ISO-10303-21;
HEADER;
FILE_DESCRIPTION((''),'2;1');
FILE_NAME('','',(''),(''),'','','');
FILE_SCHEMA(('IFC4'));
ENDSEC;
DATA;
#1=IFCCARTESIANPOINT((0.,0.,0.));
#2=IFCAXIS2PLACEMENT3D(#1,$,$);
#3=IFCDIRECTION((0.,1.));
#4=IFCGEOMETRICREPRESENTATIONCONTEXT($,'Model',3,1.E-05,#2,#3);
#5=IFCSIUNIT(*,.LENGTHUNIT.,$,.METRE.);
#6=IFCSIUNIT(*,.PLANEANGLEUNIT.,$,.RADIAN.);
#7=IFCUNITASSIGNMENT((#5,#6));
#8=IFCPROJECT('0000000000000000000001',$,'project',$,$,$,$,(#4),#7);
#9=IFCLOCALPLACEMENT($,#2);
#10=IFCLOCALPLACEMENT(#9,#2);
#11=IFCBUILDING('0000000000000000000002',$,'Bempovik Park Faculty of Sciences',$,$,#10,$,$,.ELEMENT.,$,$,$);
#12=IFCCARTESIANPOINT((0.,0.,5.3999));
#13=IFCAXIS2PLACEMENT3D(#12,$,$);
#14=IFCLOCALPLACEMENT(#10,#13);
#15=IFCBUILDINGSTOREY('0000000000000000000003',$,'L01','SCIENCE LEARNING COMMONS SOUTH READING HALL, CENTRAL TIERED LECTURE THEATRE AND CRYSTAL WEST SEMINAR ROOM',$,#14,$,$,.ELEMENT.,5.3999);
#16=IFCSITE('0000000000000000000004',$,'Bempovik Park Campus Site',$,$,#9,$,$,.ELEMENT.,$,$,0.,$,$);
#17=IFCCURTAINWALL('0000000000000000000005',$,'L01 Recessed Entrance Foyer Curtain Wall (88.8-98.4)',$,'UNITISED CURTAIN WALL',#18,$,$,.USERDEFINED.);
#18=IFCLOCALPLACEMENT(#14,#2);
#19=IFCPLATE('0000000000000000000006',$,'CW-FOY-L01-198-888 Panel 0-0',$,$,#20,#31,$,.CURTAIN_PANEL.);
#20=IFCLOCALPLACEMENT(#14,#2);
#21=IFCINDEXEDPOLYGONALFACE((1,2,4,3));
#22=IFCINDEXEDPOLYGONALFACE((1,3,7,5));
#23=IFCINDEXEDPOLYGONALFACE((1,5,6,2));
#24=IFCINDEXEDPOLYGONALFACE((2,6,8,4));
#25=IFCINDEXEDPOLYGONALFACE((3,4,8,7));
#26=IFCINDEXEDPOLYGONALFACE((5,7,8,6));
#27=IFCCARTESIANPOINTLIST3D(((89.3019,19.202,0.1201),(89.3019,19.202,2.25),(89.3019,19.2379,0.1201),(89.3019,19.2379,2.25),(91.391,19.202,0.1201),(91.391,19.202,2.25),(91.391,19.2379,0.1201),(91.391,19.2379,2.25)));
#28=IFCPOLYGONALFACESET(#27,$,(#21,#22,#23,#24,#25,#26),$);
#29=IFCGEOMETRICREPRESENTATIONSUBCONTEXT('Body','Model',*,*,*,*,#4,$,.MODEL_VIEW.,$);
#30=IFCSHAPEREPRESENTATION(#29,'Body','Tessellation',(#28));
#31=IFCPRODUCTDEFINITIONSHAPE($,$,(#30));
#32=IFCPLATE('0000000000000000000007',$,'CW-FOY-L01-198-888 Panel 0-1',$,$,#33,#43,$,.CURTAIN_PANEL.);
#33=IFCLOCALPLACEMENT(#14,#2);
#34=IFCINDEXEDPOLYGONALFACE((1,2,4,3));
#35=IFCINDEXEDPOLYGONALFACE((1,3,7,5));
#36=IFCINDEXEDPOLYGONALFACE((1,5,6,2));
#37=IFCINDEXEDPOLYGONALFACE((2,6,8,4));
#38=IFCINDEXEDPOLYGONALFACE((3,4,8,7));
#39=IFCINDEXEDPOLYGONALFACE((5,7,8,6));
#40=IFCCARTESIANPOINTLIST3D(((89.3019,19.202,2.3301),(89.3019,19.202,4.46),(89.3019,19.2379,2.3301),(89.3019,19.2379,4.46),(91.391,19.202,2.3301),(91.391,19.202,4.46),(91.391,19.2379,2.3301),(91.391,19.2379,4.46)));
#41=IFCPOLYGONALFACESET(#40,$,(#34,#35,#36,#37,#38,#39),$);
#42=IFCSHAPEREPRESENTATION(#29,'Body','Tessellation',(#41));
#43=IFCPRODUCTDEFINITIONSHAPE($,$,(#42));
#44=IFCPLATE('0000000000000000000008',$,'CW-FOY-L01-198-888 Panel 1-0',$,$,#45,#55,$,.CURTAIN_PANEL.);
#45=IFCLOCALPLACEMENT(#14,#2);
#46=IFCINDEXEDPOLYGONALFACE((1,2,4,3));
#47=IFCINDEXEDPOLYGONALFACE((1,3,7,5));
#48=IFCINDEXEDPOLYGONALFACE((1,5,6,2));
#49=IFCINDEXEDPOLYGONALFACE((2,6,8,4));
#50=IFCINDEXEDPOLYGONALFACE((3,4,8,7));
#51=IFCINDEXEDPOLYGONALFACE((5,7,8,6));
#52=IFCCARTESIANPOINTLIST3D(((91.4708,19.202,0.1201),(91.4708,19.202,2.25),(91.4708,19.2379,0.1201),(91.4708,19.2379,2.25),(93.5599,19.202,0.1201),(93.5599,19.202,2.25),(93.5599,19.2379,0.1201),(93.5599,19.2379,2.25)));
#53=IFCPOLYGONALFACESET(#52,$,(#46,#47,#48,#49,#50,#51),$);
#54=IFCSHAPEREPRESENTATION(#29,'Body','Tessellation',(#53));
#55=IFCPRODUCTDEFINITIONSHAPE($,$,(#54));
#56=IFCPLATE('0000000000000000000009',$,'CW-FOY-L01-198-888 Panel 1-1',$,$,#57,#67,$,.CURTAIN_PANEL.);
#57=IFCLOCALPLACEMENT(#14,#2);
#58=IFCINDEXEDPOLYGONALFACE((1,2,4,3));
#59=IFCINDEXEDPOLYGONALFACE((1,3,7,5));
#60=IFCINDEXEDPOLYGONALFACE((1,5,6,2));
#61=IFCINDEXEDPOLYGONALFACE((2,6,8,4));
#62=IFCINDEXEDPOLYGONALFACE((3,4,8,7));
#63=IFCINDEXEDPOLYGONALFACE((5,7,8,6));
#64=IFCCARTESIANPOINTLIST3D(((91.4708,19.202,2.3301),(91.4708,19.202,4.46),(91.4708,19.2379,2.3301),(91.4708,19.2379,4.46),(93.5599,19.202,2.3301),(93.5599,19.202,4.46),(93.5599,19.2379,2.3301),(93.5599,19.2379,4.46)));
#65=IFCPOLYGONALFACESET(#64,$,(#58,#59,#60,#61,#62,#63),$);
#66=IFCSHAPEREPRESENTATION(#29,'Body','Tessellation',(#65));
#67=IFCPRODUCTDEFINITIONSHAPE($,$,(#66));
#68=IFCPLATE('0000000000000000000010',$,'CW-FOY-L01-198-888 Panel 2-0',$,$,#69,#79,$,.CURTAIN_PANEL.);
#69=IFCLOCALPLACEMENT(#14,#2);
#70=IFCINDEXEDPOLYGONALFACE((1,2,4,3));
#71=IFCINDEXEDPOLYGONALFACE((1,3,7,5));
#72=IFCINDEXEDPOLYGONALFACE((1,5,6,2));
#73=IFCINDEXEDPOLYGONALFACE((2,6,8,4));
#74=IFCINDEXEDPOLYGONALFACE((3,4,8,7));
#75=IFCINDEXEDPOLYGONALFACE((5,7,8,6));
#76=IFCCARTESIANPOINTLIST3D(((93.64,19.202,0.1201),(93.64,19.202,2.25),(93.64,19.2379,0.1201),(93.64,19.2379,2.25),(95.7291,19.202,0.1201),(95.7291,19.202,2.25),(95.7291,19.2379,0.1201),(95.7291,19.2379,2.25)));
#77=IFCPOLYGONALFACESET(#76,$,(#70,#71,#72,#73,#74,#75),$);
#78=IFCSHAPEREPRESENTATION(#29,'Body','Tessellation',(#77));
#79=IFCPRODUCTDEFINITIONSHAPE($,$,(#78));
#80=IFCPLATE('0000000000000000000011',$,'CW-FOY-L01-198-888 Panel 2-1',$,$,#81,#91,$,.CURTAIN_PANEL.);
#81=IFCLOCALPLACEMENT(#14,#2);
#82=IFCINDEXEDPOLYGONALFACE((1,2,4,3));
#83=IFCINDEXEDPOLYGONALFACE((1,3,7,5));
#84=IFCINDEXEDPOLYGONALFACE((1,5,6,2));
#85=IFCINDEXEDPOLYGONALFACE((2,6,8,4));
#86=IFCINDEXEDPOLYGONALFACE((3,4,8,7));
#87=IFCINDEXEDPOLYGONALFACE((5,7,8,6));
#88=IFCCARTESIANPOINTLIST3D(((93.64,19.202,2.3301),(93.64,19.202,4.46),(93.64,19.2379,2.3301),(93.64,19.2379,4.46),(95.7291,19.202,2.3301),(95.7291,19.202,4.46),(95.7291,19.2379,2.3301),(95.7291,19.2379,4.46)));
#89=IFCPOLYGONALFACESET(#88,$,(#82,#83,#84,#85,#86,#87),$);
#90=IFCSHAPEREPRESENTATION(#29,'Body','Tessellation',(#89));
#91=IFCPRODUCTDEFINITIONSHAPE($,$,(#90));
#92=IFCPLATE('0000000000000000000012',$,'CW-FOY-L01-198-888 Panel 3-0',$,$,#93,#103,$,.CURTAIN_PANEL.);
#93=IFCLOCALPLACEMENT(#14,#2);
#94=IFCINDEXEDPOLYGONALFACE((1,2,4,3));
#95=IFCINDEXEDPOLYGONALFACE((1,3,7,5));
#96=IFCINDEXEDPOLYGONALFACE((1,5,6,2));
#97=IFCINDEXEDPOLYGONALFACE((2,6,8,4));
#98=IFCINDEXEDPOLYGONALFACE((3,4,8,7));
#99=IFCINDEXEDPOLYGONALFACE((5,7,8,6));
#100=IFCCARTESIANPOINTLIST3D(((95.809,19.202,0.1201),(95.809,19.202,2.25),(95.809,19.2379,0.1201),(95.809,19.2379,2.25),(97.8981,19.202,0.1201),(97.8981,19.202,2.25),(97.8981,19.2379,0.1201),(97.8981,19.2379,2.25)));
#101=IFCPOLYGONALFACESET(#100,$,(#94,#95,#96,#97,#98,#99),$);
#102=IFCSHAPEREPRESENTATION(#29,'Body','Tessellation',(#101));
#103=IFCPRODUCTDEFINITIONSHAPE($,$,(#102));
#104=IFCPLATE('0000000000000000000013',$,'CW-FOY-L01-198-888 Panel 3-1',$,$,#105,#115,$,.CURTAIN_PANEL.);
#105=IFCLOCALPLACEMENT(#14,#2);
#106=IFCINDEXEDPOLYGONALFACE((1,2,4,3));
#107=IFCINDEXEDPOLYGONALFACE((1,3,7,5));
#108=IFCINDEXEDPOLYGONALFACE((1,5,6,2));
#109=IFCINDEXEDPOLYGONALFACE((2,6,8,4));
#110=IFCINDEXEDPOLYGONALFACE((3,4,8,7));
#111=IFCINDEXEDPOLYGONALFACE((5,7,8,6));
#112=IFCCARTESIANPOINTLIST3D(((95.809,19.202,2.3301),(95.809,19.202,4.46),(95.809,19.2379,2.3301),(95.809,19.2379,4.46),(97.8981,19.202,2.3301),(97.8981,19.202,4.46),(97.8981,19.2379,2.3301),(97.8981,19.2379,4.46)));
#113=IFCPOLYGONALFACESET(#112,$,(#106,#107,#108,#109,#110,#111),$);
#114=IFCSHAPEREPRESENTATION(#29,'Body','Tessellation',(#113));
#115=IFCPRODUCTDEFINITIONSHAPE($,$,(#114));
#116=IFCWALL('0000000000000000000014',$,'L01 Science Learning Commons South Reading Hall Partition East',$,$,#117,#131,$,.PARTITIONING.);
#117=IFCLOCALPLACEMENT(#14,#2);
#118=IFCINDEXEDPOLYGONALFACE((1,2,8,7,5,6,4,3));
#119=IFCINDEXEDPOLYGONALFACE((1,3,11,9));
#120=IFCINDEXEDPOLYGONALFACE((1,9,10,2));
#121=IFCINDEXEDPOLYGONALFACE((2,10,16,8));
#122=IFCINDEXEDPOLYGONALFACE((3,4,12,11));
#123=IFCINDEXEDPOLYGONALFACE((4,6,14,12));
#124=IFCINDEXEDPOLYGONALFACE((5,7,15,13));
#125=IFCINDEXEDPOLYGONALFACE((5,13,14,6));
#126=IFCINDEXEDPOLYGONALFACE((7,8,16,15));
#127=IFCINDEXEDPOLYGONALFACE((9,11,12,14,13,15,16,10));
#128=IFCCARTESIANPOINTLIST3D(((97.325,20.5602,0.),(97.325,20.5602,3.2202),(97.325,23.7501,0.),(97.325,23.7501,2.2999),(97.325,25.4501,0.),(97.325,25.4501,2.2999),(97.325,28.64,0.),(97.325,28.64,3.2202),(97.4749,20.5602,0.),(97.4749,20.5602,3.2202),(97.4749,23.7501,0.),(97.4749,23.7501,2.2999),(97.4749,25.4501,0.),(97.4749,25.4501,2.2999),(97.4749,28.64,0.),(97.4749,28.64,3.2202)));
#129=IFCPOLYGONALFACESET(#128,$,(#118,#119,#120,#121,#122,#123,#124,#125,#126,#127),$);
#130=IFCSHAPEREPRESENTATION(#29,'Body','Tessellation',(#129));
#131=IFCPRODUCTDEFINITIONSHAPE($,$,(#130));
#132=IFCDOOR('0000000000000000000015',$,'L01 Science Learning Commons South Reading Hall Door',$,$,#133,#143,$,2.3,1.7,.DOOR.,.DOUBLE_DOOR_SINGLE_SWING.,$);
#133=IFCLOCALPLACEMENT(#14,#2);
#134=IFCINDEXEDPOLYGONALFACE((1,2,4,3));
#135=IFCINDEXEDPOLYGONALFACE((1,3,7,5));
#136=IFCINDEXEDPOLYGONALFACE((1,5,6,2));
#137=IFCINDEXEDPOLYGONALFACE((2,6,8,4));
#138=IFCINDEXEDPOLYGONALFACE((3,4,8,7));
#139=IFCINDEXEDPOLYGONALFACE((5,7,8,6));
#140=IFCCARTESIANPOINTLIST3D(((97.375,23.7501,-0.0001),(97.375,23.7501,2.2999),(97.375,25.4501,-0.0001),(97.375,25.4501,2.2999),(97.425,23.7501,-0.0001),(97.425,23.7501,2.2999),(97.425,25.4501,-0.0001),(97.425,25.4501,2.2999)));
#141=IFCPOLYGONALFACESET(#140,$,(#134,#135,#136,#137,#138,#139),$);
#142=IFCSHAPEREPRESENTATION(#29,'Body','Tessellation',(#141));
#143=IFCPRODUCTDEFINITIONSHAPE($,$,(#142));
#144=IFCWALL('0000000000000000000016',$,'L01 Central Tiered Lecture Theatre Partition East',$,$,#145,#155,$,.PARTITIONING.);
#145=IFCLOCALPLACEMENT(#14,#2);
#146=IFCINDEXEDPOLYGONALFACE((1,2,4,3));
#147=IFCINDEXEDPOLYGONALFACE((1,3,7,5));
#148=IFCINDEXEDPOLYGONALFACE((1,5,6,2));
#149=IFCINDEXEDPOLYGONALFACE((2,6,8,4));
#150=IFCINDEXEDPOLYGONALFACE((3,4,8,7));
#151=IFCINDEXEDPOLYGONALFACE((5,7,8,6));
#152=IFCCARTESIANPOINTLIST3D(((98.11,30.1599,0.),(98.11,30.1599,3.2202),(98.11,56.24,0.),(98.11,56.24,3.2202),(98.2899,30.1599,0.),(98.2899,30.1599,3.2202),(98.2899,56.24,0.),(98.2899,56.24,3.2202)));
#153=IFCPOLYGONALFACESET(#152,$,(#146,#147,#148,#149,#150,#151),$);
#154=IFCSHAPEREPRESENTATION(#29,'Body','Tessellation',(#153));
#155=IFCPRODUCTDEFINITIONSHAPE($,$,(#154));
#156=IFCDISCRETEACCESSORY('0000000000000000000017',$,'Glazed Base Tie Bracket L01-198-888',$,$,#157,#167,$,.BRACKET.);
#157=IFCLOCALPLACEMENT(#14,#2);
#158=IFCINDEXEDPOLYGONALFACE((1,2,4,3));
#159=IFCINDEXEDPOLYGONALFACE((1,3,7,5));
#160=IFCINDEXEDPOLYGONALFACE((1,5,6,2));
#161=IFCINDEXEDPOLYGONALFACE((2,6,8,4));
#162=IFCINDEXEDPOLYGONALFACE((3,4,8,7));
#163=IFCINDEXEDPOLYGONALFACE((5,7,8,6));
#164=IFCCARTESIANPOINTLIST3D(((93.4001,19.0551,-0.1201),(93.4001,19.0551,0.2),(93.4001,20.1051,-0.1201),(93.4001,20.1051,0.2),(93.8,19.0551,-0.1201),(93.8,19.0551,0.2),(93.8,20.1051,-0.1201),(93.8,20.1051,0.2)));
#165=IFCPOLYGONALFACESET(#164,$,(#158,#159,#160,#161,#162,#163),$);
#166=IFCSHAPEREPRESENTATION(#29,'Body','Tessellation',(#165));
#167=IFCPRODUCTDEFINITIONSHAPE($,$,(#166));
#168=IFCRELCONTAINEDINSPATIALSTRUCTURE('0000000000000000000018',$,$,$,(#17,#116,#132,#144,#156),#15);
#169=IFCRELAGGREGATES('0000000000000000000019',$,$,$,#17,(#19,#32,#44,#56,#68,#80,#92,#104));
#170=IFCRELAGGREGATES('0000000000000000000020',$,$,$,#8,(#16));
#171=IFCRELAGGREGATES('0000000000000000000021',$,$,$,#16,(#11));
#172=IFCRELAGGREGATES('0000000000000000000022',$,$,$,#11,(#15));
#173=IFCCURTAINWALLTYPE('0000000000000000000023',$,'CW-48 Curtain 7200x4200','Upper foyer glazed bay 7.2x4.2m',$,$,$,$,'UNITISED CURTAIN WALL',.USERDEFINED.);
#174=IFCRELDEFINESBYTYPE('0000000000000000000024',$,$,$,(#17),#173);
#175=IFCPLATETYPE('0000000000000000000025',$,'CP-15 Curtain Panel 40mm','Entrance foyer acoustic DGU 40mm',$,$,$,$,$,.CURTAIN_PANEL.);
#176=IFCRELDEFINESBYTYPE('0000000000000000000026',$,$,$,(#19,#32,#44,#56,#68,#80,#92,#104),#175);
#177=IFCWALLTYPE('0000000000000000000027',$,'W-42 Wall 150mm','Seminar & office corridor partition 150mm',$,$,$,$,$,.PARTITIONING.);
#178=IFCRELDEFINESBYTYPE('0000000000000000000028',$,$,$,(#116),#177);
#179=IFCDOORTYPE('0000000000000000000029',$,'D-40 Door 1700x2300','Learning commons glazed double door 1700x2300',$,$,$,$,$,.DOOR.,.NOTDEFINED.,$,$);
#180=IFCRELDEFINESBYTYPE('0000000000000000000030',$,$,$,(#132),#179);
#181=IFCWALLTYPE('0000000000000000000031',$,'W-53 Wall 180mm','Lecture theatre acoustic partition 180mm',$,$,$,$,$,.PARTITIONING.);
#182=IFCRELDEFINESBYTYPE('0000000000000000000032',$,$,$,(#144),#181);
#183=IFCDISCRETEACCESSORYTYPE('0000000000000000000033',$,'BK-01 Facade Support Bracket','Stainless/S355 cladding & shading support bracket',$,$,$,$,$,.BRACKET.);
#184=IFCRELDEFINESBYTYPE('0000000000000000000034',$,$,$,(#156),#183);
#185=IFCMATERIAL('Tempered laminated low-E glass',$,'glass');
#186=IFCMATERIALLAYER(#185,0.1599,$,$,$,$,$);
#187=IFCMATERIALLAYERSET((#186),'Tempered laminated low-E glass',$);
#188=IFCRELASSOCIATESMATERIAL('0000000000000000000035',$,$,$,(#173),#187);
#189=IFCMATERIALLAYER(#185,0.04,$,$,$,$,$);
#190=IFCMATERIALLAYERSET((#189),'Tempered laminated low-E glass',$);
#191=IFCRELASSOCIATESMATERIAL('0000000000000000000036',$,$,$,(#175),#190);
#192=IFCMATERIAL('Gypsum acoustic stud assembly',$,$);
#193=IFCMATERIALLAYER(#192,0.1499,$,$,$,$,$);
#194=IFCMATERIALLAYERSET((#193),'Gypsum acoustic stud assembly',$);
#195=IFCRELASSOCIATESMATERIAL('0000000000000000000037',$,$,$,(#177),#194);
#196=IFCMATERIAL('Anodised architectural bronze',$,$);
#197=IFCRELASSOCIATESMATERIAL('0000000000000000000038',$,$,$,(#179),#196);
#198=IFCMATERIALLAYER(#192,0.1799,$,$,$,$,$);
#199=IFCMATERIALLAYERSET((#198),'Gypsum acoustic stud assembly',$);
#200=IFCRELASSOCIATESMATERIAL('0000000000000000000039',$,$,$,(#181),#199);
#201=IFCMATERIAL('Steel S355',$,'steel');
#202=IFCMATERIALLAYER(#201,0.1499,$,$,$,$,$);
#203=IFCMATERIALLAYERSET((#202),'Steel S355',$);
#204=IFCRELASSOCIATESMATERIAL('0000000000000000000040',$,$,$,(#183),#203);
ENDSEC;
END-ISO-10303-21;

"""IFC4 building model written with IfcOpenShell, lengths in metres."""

from ifc_helpers import new_model, si_unit, direction, frame, frame_2d, origin, origin_2d, place, context, subcontext, project, spatial, rectangle, extrude, material, layer, layer_set, type_object, element, fill, aggregate, save


model = new_model("IFC4")

# Units and contexts
model_context = context("Model", 3, precision=1e-05, world=origin(), true_north=direction((0.0, 1.0)))
body_context = subcontext(model_context, "Body", "Model", "MODEL_VIEW")
ifc_project = project(units=[si_unit("LENGTHUNIT", "METRE"), si_unit("PLANEANGLEUNIT", "RADIAN")], contexts=[model_context])

# Site, building, storey
site_placement = place(None, origin())
site = spatial("IfcSite", under=ifc_project, at=site_placement, Name="Bempovik Park Campus Site", CompositionType="ELEMENT", RefElevation=0.0)
building_placement = place(site_placement, origin())
building = spatial("IfcBuilding", under=site, at=building_placement, Name="Bempovik Park Faculty of Sciences", CompositionType="ELEMENT")
storey_placement = place(building_placement, frame((0.0, 0.0, 5.3999)))
storey = spatial("IfcBuildingStorey", under=building, at=storey_placement, Name="L01", Description="SCIENCE LEARNING COMMONS SOUTH READING HALL, CENTRAL TIERED LECTURE THEATRE AND CRYSTAL WEST SEMINAR ROOM", CompositionType="ELEMENT", Elevation=5.3999)

# Curtain wall, plates
ifc_material_1 = material(Name="Tempered laminated low-E glass", Category="glass")
ifc_layer_1 = layer(ifc_material_1, 0.1599)
ifc_layer_set_1 = layer_set([ifc_layer_1], Name="Tempered laminated low-E glass")
curtain_wall_type = type_object("IfcCurtainWallType", Name="CW-48 Curtain 7200x4200", Description="Upper foyer glazed bay 7.2x4.2m", ElementType="UNITISED CURTAIN WALL", PredefinedType="USERDEFINED", material=ifc_layer_set_1)
curtain_wall_placement = place(storey_placement, origin())
curtain_wall = element("IfcCurtainWall", 1, at=curtain_wall_placement, inside=storey, type_object=curtain_wall_type, Name="L01 Recessed Entrance Foyer Curtain Wall (88.8-98.4)", ObjectType="UNITISED CURTAIN WALL", PredefinedType="USERDEFINED")
ifc_layer_2 = layer(ifc_material_1, 0.04)
ifc_layer_set_2 = layer_set([ifc_layer_2], Name="Tempered laminated low-E glass")
plate_type = type_object("IfcPlateType", Name="CP-15 Curtain Panel 40mm", Description="Entrance foyer acoustic DGU 40mm", PredefinedType="CURTAIN_PANEL", material=ifc_layer_set_2)
plate_1_placement = place(storey_placement, frame((90.3464, 19.22, 0.1201), z_axis=(0.0, 0.0, 1.0), x_axis=(1.0, 0.0, 0.0)))
plate_1 = element("IfcPlate", 2, at=plate_1_placement, type_object=plate_type, Name="CW-FOY-L01-198-888 Panel 0-0", PredefinedType="CURTAIN_PANEL", context=body_context, shape_type="SweptSolid", body=[
    extrude(rectangle(XDim=2.0891, YDim=0.0359, at=origin_2d()), origin(), (0.0, 0.0, 1.0), 2.1299),
])
plate_2_placement = place(storey_placement, frame((90.3464, 19.22, 2.3301), z_axis=(0.0, 0.0, 1.0), x_axis=(1.0, 0.0, 0.0)))
plate_2 = element("IfcPlate", 3, at=plate_2_placement, type_object=plate_type, Name="CW-FOY-L01-198-888 Panel 0-1", PredefinedType="CURTAIN_PANEL", context=body_context, shape_type="SweptSolid", body=[
    extrude(rectangle(XDim=2.0891, YDim=0.0359, at=origin_2d()), origin(), (0.0, 0.0, 1.0), 2.1299),
])
plate_3_placement = place(storey_placement, frame((92.5154, 19.22, 0.1201), z_axis=(0.0, 0.0, 1.0), x_axis=(1.0, 0.0, 0.0)))
plate_3 = element("IfcPlate", 4, at=plate_3_placement, type_object=plate_type, Name="CW-FOY-L01-198-888 Panel 1-0", PredefinedType="CURTAIN_PANEL", context=body_context, shape_type="SweptSolid", body=[
    extrude(rectangle(XDim=2.0891, YDim=0.0359, at=origin_2d()), origin(), (0.0, 0.0, 1.0), 2.1299),
])
plate_4_placement = place(storey_placement, frame((92.5154, 19.22, 2.3301), z_axis=(0.0, 0.0, 1.0), x_axis=(1.0, 0.0, 0.0)))
plate_4 = element("IfcPlate", 5, at=plate_4_placement, type_object=plate_type, Name="CW-FOY-L01-198-888 Panel 1-1", PredefinedType="CURTAIN_PANEL", context=body_context, shape_type="SweptSolid", body=[
    extrude(rectangle(XDim=2.0891, YDim=0.0359, at=origin_2d()), origin(), (0.0, 0.0, 1.0), 2.1299),
])
plate_5_placement = place(storey_placement, frame((94.6846, 19.22, 0.1201), z_axis=(0.0, 0.0, 1.0), x_axis=(1.0, 0.0, 0.0)))
plate_5 = element("IfcPlate", 6, at=plate_5_placement, type_object=plate_type, Name="CW-FOY-L01-198-888 Panel 2-0", PredefinedType="CURTAIN_PANEL", context=body_context, shape_type="SweptSolid", body=[
    extrude(rectangle(XDim=2.0891, YDim=0.0359, at=origin_2d()), origin(), (0.0, 0.0, 1.0), 2.1299),
])
plate_6_placement = place(storey_placement, frame((94.6846, 19.22, 2.3301), z_axis=(0.0, 0.0, 1.0), x_axis=(1.0, 0.0, 0.0)))
plate_6 = element("IfcPlate", 7, at=plate_6_placement, type_object=plate_type, Name="CW-FOY-L01-198-888 Panel 2-1", PredefinedType="CURTAIN_PANEL", context=body_context, shape_type="SweptSolid", body=[
    extrude(rectangle(XDim=2.0891, YDim=0.0359, at=origin_2d()), origin(), (0.0, 0.0, 1.0), 2.1299),
])
plate_7_placement = place(storey_placement, frame((96.8535, 19.22, 0.1201), z_axis=(0.0, 0.0, 1.0), x_axis=(1.0, 0.0, 0.0)))
plate_7 = element("IfcPlate", 8, at=plate_7_placement, type_object=plate_type, Name="CW-FOY-L01-198-888 Panel 3-0", PredefinedType="CURTAIN_PANEL", context=body_context, shape_type="SweptSolid", body=[
    extrude(rectangle(XDim=2.0891, YDim=0.0359, at=origin_2d()), origin(), (0.0, 0.0, 1.0), 2.1299),
])
plate_8_placement = place(storey_placement, frame((96.8535, 19.22, 2.3301), z_axis=(0.0, 0.0, 1.0), x_axis=(1.0, 0.0, 0.0)))
plate_8 = element("IfcPlate", 9, at=plate_8_placement, type_object=plate_type, Name="CW-FOY-L01-198-888 Panel 3-1", PredefinedType="CURTAIN_PANEL", context=body_context, shape_type="SweptSolid", body=[
    extrude(rectangle(XDim=2.0891, YDim=0.0359, at=origin_2d()), origin(), (0.0, 0.0, 1.0), 2.1299),
])
aggregate(curtain_wall, [plate_1, plate_2, plate_3, plate_4, plate_5, plate_6, plate_7, plate_8])

# Wall, opening, door
ifc_material_2 = material(Name="Gypsum acoustic stud assembly")
ifc_layer_3 = layer(ifc_material_2, 0.1499)
ifc_layer_set_3 = layer_set([ifc_layer_3], Name="Gypsum acoustic stud assembly")
wall_type_1 = type_object("IfcWallType", Name="W-42 Wall 150mm", Description="Seminar & office corridor partition 150mm", PredefinedType="PARTITIONING", material=ifc_layer_set_3)
wall_1_placement = place(storey_placement, frame((97.3999, 20.5601, 0.0), z_axis=(0.0, 0.0, 1.0), x_axis=(0.0, 1.0, 0.0)))
wall_1 = element("IfcWall", 10, at=wall_1_placement, inside=storey, type_object=wall_type_1, Name="L01 Science Learning Commons South Reading Hall Partition East", PredefinedType="PARTITIONING", context=body_context, shape_type="SweptSolid", body=[
    extrude(rectangle(XDim=8.0798, YDim=0.1499, at=frame_2d((4.04, 0.0))), origin(), (0.0, 0.0, 1.0), 3.2202),
])
opening_placement = place(wall_1_placement, frame((3.1899, 0.0, 0.0)))
opening = element("IfcOpeningElement", 11, at=opening_placement, cuts=wall_1, PredefinedType="OPENING", context=body_context, shape_type="SweptSolid", body=[
    extrude(rectangle(XDim=1.7, YDim=2.3, at=frame_2d((0.8501, 1.1499))), frame((0.0, 0.085, 0.0), z_axis=(0.0, -1.0, 0.0), x_axis=(1.0, 0.0, 0.0)), (0.0, 0.0, 1.0), 0.1699),
])
ifc_material_3 = material(Name="Anodised architectural bronze")
door_type = type_object("IfcDoorType", Name="D-40 Door 1700x2300", Description="Learning commons glazed double door 1700x2300", OperationType="NOTDEFINED", PredefinedType="DOOR", material=ifc_material_3)
door_placement = place(opening_placement, origin())
door = element("IfcDoor", 12, at=door_placement, inside=storey, type_object=door_type, Name="L01 Science Learning Commons South Reading Hall Door", OperationType="DOUBLE_DOOR_SINGLE_SWING", OverallHeight=2.3, OverallWidth=1.7, PredefinedType="DOOR", context=body_context, shape_type="SweptSolid", body=[
    extrude(rectangle(XDim=1.7, YDim=2.3, at=frame_2d((0.8501, 1.1499))), frame((0.0, 0.0249, 0.0), z_axis=(0.0, -1.0, 0.0), x_axis=(1.0, 0.0, 0.0)), (0.0, 0.0, 1.0), 0.05),
])
fill(opening, door)

# Wall
ifc_layer_4 = layer(ifc_material_2, 0.1799)
ifc_layer_set_4 = layer_set([ifc_layer_4], Name="Gypsum acoustic stud assembly")
wall_type_2 = type_object("IfcWallType", Name="W-53 Wall 180mm", Description="Lecture theatre acoustic partition 180mm", PredefinedType="PARTITIONING", material=ifc_layer_set_4)
wall_2_placement = place(storey_placement, frame((98.2, 30.1599, 0.0), z_axis=(0.0, 0.0, 1.0), x_axis=(0.0, 1.0, 0.0)))
element("IfcWall", 13, at=wall_2_placement, inside=storey, type_object=wall_type_2, Name="L01 Central Tiered Lecture Theatre Partition East", PredefinedType="PARTITIONING", context=body_context, shape_type="SweptSolid", body=[
    extrude(rectangle(XDim=26.0801, YDim=0.1799, at=frame_2d((13.04, 0.0))), origin(), (0.0, 0.0, 1.0), 3.2202),
])

# Discrete accessory
ifc_material_4 = material(Name="Steel S355", Category="steel")
ifc_layer_5 = layer(ifc_material_4, 0.1499)
ifc_layer_set_5 = layer_set([ifc_layer_5], Name="Steel S355")
discrete_accessory_type = type_object("IfcDiscreteAccessoryType", Name="BK-01 Facade Support Bracket", Description="Stainless/S355 cladding & shading support bracket", PredefinedType="BRACKET", material=ifc_layer_set_5)
discrete_accessory_placement = place(storey_placement, frame((93.6001, 19.5801, -0.1201), z_axis=(0.0, 0.0, 1.0), x_axis=(1.0, 0.0, 0.0)))
element("IfcDiscreteAccessory", 14, at=discrete_accessory_placement, inside=storey, type_object=discrete_accessory_type, Name="Glazed Base Tie Bracket L01-198-888", PredefinedType="BRACKET", context=body_context, shape_type="SweptSolid", body=[
    extrude(rectangle(XDim=0.3999, YDim=1.05, at=origin_2d()), origin(), (0.0, 0.0, 1.0), 0.3201),
])

save(model, "model.ifc")
